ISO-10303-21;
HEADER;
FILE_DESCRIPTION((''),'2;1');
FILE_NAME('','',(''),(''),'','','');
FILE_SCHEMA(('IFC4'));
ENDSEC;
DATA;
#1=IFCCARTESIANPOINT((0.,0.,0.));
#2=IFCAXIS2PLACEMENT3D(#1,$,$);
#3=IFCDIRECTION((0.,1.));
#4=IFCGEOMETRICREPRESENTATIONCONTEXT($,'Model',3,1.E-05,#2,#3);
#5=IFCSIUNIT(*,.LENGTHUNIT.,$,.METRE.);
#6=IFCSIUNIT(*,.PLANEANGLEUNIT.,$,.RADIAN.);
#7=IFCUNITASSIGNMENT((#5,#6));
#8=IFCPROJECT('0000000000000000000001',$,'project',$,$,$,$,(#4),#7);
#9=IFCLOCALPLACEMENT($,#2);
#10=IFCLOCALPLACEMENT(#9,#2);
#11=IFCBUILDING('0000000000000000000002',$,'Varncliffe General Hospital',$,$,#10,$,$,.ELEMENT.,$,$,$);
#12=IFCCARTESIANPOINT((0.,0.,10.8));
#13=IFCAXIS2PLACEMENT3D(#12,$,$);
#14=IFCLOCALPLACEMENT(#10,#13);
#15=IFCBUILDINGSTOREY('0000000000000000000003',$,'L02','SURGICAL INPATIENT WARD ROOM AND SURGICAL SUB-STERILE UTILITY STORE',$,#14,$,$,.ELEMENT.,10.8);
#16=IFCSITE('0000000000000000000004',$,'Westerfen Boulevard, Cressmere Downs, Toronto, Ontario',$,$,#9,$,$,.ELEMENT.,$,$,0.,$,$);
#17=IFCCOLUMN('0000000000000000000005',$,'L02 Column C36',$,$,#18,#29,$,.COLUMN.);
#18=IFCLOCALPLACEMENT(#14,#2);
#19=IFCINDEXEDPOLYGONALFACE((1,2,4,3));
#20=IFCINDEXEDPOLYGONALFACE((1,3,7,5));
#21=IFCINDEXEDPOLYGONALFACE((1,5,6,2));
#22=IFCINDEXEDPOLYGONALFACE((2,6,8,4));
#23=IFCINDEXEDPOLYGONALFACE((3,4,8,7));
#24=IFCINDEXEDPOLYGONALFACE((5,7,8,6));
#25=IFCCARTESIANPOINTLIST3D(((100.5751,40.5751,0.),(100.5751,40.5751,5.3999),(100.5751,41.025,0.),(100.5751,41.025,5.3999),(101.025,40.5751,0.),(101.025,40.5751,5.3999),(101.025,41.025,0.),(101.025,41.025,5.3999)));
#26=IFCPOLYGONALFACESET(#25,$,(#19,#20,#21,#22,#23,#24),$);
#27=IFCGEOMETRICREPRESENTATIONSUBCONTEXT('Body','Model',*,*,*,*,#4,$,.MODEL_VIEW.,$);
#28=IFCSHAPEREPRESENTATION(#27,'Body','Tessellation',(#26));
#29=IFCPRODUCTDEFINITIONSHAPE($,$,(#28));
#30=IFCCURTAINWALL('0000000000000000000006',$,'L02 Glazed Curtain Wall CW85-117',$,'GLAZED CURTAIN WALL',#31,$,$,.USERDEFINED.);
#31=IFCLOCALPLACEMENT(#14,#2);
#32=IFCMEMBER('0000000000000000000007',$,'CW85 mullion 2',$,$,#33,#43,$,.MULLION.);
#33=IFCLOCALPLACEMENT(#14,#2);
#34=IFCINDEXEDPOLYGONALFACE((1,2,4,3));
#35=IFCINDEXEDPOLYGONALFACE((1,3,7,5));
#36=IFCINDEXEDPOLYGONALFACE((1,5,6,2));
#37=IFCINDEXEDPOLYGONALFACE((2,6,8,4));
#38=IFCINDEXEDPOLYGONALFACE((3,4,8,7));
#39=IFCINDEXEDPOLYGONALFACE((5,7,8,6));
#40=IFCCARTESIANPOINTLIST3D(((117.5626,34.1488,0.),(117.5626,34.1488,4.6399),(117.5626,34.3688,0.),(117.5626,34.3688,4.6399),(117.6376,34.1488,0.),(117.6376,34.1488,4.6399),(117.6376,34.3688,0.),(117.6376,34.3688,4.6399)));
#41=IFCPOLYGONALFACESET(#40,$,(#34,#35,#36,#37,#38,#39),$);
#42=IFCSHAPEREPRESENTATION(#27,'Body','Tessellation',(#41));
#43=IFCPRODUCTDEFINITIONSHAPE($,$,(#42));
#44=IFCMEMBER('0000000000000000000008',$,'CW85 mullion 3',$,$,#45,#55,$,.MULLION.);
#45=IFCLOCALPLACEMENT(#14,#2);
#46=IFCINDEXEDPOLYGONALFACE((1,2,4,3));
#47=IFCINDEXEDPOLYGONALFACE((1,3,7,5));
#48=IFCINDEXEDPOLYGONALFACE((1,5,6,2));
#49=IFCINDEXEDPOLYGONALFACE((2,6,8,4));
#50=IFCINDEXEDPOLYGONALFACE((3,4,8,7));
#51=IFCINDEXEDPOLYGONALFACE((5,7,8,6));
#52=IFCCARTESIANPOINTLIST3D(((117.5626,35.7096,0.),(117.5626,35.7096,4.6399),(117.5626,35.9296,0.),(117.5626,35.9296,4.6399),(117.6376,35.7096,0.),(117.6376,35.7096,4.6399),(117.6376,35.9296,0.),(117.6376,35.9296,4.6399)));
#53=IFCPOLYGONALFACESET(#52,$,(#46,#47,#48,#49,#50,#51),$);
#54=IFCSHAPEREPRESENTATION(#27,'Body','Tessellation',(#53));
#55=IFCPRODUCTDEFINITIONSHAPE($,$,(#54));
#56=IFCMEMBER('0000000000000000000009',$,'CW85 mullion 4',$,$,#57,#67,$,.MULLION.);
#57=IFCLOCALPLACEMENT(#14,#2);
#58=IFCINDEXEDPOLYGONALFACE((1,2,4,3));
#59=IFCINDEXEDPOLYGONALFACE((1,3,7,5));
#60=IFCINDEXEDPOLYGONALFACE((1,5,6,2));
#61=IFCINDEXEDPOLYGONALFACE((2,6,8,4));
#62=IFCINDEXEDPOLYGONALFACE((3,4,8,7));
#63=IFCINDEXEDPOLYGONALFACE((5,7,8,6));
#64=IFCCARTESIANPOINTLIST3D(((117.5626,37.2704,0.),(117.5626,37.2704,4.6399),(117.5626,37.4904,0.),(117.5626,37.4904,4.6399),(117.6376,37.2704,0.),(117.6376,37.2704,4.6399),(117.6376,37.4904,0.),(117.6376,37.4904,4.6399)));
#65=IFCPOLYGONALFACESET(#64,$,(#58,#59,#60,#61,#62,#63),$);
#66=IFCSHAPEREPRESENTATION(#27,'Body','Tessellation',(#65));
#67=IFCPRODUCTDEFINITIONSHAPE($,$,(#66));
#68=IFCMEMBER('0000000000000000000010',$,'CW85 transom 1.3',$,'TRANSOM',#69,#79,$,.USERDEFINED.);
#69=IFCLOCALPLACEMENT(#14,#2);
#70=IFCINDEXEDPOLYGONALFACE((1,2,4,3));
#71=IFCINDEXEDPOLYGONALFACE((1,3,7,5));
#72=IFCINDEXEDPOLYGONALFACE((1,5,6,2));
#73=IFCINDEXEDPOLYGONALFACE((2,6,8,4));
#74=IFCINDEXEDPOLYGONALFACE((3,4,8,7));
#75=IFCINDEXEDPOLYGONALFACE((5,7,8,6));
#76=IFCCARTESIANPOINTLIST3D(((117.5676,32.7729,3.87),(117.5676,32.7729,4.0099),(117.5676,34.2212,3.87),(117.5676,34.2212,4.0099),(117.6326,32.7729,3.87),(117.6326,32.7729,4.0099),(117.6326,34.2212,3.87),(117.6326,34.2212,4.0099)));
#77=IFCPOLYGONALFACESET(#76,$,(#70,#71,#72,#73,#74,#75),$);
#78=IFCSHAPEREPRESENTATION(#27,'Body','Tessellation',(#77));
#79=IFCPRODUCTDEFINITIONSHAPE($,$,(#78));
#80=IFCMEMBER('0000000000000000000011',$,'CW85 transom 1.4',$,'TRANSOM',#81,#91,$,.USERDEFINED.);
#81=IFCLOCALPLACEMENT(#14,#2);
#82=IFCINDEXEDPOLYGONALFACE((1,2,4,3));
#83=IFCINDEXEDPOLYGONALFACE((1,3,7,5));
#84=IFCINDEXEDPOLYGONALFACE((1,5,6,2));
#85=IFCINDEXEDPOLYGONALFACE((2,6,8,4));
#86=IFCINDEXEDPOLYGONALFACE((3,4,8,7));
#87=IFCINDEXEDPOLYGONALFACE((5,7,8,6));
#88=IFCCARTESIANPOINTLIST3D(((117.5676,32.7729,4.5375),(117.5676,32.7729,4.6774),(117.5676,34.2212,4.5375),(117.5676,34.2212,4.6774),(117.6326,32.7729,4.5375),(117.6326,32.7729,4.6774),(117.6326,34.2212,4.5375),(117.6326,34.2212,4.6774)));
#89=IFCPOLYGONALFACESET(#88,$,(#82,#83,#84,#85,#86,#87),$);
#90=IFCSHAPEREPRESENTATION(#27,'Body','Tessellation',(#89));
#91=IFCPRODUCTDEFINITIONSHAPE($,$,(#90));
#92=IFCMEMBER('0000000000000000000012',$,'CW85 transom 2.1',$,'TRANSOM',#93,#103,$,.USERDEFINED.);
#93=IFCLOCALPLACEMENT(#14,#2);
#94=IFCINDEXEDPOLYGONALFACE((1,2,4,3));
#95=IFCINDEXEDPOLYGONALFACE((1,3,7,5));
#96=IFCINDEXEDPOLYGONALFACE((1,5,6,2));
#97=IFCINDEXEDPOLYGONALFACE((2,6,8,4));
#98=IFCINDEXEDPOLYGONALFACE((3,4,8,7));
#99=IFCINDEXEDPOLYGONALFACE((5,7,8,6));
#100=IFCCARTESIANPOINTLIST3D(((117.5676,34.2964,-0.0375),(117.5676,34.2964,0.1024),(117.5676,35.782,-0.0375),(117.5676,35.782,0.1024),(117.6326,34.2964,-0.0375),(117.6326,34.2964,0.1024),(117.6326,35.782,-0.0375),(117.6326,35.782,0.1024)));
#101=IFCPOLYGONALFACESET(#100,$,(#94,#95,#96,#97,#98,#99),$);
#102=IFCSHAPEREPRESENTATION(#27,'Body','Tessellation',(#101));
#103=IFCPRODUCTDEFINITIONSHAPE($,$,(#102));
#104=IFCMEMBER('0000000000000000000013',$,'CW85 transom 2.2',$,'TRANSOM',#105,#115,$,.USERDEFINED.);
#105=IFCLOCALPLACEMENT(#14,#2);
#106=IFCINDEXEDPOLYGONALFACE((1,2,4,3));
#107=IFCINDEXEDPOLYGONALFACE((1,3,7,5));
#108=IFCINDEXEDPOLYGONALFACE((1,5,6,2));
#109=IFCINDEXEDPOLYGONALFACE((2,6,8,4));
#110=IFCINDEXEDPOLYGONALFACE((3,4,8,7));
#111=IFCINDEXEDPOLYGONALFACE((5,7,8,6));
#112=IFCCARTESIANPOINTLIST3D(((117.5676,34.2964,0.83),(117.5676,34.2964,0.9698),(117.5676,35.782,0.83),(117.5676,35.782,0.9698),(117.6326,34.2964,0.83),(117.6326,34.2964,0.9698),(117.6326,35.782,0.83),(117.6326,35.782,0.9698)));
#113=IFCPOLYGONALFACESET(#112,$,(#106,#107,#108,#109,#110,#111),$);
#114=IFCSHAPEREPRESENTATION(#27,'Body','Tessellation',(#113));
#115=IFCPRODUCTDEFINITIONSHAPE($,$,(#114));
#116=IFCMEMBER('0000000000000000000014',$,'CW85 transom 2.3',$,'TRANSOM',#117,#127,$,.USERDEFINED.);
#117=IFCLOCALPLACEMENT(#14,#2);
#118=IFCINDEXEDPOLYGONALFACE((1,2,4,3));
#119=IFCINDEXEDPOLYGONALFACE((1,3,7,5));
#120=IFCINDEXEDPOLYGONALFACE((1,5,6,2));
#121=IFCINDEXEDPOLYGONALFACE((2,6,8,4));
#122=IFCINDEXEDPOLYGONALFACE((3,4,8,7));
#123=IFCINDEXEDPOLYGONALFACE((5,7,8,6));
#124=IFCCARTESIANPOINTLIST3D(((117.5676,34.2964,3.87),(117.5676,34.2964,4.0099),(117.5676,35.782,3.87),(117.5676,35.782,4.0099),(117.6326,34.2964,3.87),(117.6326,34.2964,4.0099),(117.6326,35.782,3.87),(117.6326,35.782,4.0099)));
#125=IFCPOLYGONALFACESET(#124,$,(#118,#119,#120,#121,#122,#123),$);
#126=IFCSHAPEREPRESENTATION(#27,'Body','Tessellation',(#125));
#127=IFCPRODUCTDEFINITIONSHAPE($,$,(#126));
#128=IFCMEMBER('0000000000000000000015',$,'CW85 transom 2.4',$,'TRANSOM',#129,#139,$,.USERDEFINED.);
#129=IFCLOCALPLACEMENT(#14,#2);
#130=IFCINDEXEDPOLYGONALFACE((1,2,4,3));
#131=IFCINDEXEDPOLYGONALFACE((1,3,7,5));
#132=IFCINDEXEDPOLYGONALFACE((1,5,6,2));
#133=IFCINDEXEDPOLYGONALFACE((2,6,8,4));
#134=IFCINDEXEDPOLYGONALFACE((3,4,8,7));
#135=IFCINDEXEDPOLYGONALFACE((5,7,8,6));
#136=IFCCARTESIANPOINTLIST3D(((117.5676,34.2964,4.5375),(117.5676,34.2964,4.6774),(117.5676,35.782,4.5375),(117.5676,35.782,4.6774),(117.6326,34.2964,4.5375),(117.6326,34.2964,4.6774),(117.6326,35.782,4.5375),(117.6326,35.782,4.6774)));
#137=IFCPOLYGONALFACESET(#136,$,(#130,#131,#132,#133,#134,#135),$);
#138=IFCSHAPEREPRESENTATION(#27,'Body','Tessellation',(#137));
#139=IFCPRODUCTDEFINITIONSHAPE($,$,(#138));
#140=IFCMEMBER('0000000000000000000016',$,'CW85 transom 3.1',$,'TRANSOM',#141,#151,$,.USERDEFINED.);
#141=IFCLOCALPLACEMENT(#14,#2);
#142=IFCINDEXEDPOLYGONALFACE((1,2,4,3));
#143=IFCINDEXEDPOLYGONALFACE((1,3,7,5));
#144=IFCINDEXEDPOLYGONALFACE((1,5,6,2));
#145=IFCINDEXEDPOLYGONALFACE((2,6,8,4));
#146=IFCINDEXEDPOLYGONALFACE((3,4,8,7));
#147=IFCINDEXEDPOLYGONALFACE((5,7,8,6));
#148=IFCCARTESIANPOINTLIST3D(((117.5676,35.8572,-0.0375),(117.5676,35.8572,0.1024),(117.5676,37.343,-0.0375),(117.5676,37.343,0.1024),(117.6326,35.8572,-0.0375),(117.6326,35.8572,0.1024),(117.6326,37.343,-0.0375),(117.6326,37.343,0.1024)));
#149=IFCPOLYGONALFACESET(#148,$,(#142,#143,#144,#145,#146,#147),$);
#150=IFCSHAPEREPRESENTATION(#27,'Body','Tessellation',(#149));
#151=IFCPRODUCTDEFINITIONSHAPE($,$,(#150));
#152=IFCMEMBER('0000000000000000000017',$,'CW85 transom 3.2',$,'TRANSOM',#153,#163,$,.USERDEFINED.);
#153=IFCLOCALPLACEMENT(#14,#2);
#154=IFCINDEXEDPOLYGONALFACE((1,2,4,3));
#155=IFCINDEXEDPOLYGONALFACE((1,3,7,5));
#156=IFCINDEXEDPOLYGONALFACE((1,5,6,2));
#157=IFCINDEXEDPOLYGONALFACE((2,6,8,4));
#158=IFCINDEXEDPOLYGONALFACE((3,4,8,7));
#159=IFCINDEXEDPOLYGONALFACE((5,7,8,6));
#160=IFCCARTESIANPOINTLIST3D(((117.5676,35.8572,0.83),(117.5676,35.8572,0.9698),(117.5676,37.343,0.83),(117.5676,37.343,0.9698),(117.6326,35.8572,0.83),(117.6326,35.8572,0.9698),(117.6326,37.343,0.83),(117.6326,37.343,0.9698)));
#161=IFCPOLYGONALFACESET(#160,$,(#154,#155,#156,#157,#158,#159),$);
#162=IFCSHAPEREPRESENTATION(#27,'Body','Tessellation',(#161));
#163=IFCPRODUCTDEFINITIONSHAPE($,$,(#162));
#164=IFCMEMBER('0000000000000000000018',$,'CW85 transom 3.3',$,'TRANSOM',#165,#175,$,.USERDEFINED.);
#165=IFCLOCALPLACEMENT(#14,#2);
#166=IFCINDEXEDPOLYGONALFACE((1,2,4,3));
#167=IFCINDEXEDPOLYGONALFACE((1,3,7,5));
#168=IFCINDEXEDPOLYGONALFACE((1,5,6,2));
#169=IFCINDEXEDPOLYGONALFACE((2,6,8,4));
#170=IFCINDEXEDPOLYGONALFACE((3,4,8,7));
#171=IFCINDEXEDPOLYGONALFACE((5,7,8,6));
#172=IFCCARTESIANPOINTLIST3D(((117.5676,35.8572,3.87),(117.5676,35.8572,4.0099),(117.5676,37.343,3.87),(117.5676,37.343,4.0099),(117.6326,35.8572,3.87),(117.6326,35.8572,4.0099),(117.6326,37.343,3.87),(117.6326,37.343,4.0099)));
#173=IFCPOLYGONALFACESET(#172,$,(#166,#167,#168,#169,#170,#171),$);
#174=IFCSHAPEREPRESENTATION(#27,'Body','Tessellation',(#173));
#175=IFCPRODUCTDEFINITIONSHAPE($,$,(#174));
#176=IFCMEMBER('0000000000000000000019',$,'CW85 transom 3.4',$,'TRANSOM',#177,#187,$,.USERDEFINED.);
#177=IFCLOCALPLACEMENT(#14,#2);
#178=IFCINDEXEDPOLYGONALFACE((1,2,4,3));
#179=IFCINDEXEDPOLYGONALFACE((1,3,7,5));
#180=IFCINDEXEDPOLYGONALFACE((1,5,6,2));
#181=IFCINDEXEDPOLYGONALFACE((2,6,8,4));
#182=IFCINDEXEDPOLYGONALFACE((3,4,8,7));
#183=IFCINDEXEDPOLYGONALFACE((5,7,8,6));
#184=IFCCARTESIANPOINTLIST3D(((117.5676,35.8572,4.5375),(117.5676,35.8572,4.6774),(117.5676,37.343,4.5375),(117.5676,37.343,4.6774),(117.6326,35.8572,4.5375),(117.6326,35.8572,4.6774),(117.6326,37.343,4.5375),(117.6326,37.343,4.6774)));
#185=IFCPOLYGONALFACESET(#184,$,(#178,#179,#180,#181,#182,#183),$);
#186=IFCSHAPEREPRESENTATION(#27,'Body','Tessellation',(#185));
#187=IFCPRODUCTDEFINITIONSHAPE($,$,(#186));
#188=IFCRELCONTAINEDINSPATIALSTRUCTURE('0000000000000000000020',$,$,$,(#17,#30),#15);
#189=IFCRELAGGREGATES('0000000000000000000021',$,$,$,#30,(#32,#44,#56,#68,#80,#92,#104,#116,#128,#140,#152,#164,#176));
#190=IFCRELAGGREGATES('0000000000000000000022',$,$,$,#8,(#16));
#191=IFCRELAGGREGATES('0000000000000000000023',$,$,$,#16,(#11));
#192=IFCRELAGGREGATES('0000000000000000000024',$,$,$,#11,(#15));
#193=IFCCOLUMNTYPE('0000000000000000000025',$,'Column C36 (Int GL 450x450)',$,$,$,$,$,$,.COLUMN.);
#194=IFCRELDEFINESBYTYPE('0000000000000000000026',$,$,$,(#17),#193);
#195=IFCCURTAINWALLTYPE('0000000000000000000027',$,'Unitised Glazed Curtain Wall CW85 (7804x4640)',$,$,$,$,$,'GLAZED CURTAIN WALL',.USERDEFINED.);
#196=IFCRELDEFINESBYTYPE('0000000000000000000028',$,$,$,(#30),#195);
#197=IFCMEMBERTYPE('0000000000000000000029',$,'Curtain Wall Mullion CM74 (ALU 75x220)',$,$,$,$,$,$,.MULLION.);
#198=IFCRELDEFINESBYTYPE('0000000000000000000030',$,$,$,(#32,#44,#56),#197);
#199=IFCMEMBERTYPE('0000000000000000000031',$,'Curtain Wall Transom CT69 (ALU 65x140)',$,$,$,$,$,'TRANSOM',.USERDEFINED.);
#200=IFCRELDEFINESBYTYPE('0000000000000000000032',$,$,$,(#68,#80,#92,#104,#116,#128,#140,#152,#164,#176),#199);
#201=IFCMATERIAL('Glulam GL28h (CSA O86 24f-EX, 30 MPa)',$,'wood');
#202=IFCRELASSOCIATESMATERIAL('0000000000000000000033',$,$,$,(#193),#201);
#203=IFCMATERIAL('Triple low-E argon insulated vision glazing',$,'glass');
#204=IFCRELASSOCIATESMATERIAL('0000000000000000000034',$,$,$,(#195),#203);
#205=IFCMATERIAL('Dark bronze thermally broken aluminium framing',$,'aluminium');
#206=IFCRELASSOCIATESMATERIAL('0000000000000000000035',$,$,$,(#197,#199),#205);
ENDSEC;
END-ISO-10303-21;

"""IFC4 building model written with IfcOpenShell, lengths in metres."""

from ifc_helpers import new_model, si_unit, direction, frame, origin, origin_2d, place, context, subcontext, project, spatial, rectangle, extrude, material, material_profile, profile_set, type_object, element, aggregate, save


model = new_model("IFC4")

# Units and contexts
model_context = context("Model", 3, precision=1e-05, world=origin(), true_north=direction((0.0, 1.0)))
body_context = subcontext(model_context, "Body", "Model", "MODEL_VIEW")
ifc_project = project(units=[si_unit("LENGTHUNIT", "METRE"), si_unit("PLANEANGLEUNIT", "RADIAN")], contexts=[model_context])

# Site, building, storey
site_placement = place(None, origin())
site = spatial("IfcSite", under=ifc_project, at=site_placement, Name="Westerfen Boulevard, Cressmere Downs, Toronto, Ontario", CompositionType="ELEMENT", RefElevation=0.0)
building_placement = place(site_placement, origin())
building = spatial("IfcBuilding", under=site, at=building_placement, Name="Varncliffe General Hospital", CompositionType="ELEMENT")
storey_placement = place(building_placement, frame((0.0, 0.0, 10.8)))
storey = spatial("IfcBuildingStorey", under=building, at=storey_placement, Name="L02", Description="SURGICAL INPATIENT WARD ROOM AND SURGICAL SUB-STERILE UTILITY STORE", CompositionType="ELEMENT", Elevation=10.8)

# Column
ifc_material_1 = material(Name="Glulam GL28h (CSA O86 24f-EX, 30 MPa)", Category="wood")
ifc_material_profile_1 = material_profile(ifc_material_1, rectangle(XDim=0.45, YDim=0.45, at=origin_2d()), Name="GL 450x450")
ifc_profile_set_1 = profile_set([ifc_material_profile_1], Name="Glulam GL28h (CSA O86 24f-EX, 30 MPa)")
column_type = type_object("IfcColumnType", Name="Column C36 (Int GL 450x450)", PredefinedType="COLUMN", material=ifc_profile_set_1)
column_placement = place(storey_placement, frame((100.8, 40.8, 0.0), z_axis=(0.0, 0.0, 1.0), x_axis=(1.0, 0.0, 0.0)))
element("IfcColumn", 1, at=column_placement, inside=storey, type_object=column_type, Name="L02 Column C36", PredefinedType="COLUMN", context=body_context, shape_type="SweptSolid", body=[
    extrude(rectangle(XDim=0.45, YDim=0.45, at=origin_2d()), origin(), (0.0, 0.0, 1.0), 5.3999),
])

# Curtain wall, members
ifc_material_2 = material(Name="Triple low-E argon insulated vision glazing", Category="glass")
curtain_wall_type = type_object("IfcCurtainWallType", Name="Unitised Glazed Curtain Wall CW85 (7804x4640)", ElementType="GLAZED CURTAIN WALL", PredefinedType="USERDEFINED", material=ifc_material_2)
curtain_wall_placement = place(storey_placement, origin())
curtain_wall = element("IfcCurtainWall", 2, at=curtain_wall_placement, inside=storey, type_object=curtain_wall_type, Name="L02 Glazed Curtain Wall CW85-117", ObjectType="GLAZED CURTAIN WALL", PredefinedType="USERDEFINED")
ifc_material_3 = material(Name="Dark bronze thermally broken aluminium framing", Category="aluminium")
ifc_material_profile_2 = material_profile(ifc_material_3, rectangle(XDim=0.075, YDim=0.22, at=origin_2d()), Name="ALU 75x220")
ifc_profile_set_2 = profile_set([ifc_material_profile_2], Name="Dark bronze thermally broken aluminium framing")
member_type_1 = type_object("IfcMemberType", Name="Curtain Wall Mullion CM74 (ALU 75x220)", PredefinedType="MULLION", material=ifc_profile_set_2)
member_1_placement = place(storey_placement, frame((117.6001, 34.2588, 0.0), z_axis=(0.0, 0.0, 1.0), x_axis=(-1.0, 0.0, 0.0)))
member_1 = element("IfcMember", 3, at=member_1_placement, type_object=member_type_1, Name="CW85 mullion 2", PredefinedType="MULLION", context=body_context, shape_type="SweptSolid", body=[
    extrude(rectangle(XDim=0.075, YDim=0.22, at=origin_2d()), origin(), (0.0, 0.0, 1.0), 4.6399),
])
member_2_placement = place(storey_placement, frame((117.6001, 35.8196, 0.0), z_axis=(0.0, 0.0, 1.0), x_axis=(-1.0, 0.0, 0.0)))
member_2 = element("IfcMember", 4, at=member_2_placement, type_object=member_type_1, Name="CW85 mullion 3", PredefinedType="MULLION", context=body_context, shape_type="SweptSolid", body=[
    extrude(rectangle(XDim=0.075, YDim=0.22, at=origin_2d()), origin(), (0.0, 0.0, 1.0), 4.6399),
])
member_3_placement = place(storey_placement, frame((117.6001, 37.3804, 0.0), z_axis=(0.0, 0.0, 1.0), x_axis=(-1.0, 0.0, 0.0)))
member_3 = element("IfcMember", 5, at=member_3_placement, type_object=member_type_1, Name="CW85 mullion 4", PredefinedType="MULLION", context=body_context, shape_type="SweptSolid", body=[
    extrude(rectangle(XDim=0.075, YDim=0.22, at=origin_2d()), origin(), (0.0, 0.0, 1.0), 4.6399),
])
ifc_material_profile_3 = material_profile(ifc_material_3, rectangle(XDim=0.0649, YDim=0.1399, at=origin_2d()), Name="ALU 65x140")
ifc_profile_set_3 = profile_set([ifc_material_profile_3], Name="Dark bronze thermally broken aluminium framing")
member_type_2 = type_object("IfcMemberType", Name="Curtain Wall Transom CT69 (ALU 65x140)", ElementType="TRANSOM", PredefinedType="USERDEFINED", material=ifc_profile_set_3)
member_4_placement = place(storey_placement, frame((117.6001, 32.7729, 3.9399), z_axis=(0.0, 1.0, 0.0), x_axis=(-1.0, 0.0, 0.0)))
member_4 = element("IfcMember", 6, at=member_4_placement, type_object=member_type_2, Name="CW85 transom 1.3", ObjectType="TRANSOM", PredefinedType="USERDEFINED", context=body_context, shape_type="SweptSolid", body=[
    extrude(rectangle(XDim=0.0649, YDim=0.1399, at=origin_2d()), origin(), (0.0, 0.0, 1.0), 1.4482),
])
member_5_placement = place(storey_placement, frame((117.6001, 32.7729, 4.6074), z_axis=(0.0, 1.0, 0.0), x_axis=(-1.0, 0.0, 0.0)))
member_5 = element("IfcMember", 7, at=member_5_placement, type_object=member_type_2, Name="CW85 transom 1.4", ObjectType="TRANSOM", PredefinedType="USERDEFINED", context=body_context, shape_type="SweptSolid", body=[
    extrude(rectangle(XDim=0.0649, YDim=0.1399, at=origin_2d()), origin(), (0.0, 0.0, 1.0), 1.4482),
])
member_6_placement = place(storey_placement, frame((117.6001, 34.2964, 0.0325), z_axis=(0.0, 1.0, 0.0), x_axis=(-1.0, 0.0, 0.0)))
member_6 = element("IfcMember", 8, at=member_6_placement, type_object=member_type_2, Name="CW85 transom 2.1", ObjectType="TRANSOM", PredefinedType="USERDEFINED", context=body_context, shape_type="SweptSolid", body=[
    extrude(rectangle(XDim=0.0649, YDim=0.1399, at=origin_2d()), origin(), (0.0, 0.0, 1.0), 1.4856),
])
member_7_placement = place(storey_placement, frame((117.6001, 34.2964, 0.8999), z_axis=(0.0, 1.0, 0.0), x_axis=(-1.0, 0.0, 0.0)))
member_7 = element("IfcMember", 9, at=member_7_placement, type_object=member_type_2, Name="CW85 transom 2.2", ObjectType="TRANSOM", PredefinedType="USERDEFINED", context=body_context, shape_type="SweptSolid", body=[
    extrude(rectangle(XDim=0.0649, YDim=0.1399, at=origin_2d()), origin(), (0.0, 0.0, 1.0), 1.4856),
])
member_8_placement = place(storey_placement, frame((117.6001, 34.2964, 3.9399), z_axis=(0.0, 1.0, 0.0), x_axis=(-1.0, 0.0, 0.0)))
member_8 = element("IfcMember", 10, at=member_8_placement, type_object=member_type_2, Name="CW85 transom 2.3", ObjectType="TRANSOM", PredefinedType="USERDEFINED", context=body_context, shape_type="SweptSolid", body=[
    extrude(rectangle(XDim=0.0649, YDim=0.1399, at=origin_2d()), origin(), (0.0, 0.0, 1.0), 1.4856),
])
member_9_placement = place(storey_placement, frame((117.6001, 34.2964, 4.6074), z_axis=(0.0, 1.0, 0.0), x_axis=(-1.0, 0.0, 0.0)))
member_9 = element("IfcMember", 11, at=member_9_placement, type_object=member_type_2, Name="CW85 transom 2.4", ObjectType="TRANSOM", PredefinedType="USERDEFINED", context=body_context, shape_type="SweptSolid", body=[
    extrude(rectangle(XDim=0.0649, YDim=0.1399, at=origin_2d()), origin(), (0.0, 0.0, 1.0), 1.4856),
])
member_10_placement = place(storey_placement, frame((117.6001, 35.8572, 0.0325), z_axis=(0.0, 1.0, 0.0), x_axis=(-1.0, 0.0, 0.0)))
member_10 = element("IfcMember", 12, at=member_10_placement, type_object=member_type_2, Name="CW85 transom 3.1", ObjectType="TRANSOM", PredefinedType="USERDEFINED", context=body_context, shape_type="SweptSolid", body=[
    extrude(rectangle(XDim=0.0649, YDim=0.1399, at=origin_2d()), origin(), (0.0, 0.0, 1.0), 1.4858),
])
member_11_placement = place(storey_placement, frame((117.6001, 35.8572, 0.8999), z_axis=(0.0, 1.0, 0.0), x_axis=(-1.0, 0.0, 0.0)))
member_11 = element("IfcMember", 13, at=member_11_placement, type_object=member_type_2, Name="CW85 transom 3.2", ObjectType="TRANSOM", PredefinedType="USERDEFINED", context=body_context, shape_type="SweptSolid", body=[
    extrude(rectangle(XDim=0.0649, YDim=0.1399, at=origin_2d()), origin(), (0.0, 0.0, 1.0), 1.4858),
])
member_12_placement = place(storey_placement, frame((117.6001, 35.8572, 3.9399), z_axis=(0.0, 1.0, 0.0), x_axis=(-1.0, 0.0, 0.0)))
member_12 = element("IfcMember", 14, at=member_12_placement, type_object=member_type_2, Name="CW85 transom 3.3", ObjectType="TRANSOM", PredefinedType="USERDEFINED", context=body_context, shape_type="SweptSolid", body=[
    extrude(rectangle(XDim=0.0649, YDim=0.1399, at=origin_2d()), origin(), (0.0, 0.0, 1.0), 1.4858),
])
member_13_placement = place(storey_placement, frame((117.6001, 35.8572, 4.6074), z_axis=(0.0, 1.0, 0.0), x_axis=(-1.0, 0.0, 0.0)))
member_13 = element("IfcMember", 15, at=member_13_placement, type_object=member_type_2, Name="CW85 transom 3.4", ObjectType="TRANSOM", PredefinedType="USERDEFINED", context=body_context, shape_type="SweptSolid", body=[
    extrude(rectangle(XDim=0.0649, YDim=0.1399, at=origin_2d()), origin(), (0.0, 0.0, 1.0), 1.4858),
])
aggregate(curtain_wall, [member_1, member_2, member_3, member_4, member_5, member_6, member_7, member_8, member_9, member_10, member_11, member_12, member_13])

save(model, "model.ifc")
